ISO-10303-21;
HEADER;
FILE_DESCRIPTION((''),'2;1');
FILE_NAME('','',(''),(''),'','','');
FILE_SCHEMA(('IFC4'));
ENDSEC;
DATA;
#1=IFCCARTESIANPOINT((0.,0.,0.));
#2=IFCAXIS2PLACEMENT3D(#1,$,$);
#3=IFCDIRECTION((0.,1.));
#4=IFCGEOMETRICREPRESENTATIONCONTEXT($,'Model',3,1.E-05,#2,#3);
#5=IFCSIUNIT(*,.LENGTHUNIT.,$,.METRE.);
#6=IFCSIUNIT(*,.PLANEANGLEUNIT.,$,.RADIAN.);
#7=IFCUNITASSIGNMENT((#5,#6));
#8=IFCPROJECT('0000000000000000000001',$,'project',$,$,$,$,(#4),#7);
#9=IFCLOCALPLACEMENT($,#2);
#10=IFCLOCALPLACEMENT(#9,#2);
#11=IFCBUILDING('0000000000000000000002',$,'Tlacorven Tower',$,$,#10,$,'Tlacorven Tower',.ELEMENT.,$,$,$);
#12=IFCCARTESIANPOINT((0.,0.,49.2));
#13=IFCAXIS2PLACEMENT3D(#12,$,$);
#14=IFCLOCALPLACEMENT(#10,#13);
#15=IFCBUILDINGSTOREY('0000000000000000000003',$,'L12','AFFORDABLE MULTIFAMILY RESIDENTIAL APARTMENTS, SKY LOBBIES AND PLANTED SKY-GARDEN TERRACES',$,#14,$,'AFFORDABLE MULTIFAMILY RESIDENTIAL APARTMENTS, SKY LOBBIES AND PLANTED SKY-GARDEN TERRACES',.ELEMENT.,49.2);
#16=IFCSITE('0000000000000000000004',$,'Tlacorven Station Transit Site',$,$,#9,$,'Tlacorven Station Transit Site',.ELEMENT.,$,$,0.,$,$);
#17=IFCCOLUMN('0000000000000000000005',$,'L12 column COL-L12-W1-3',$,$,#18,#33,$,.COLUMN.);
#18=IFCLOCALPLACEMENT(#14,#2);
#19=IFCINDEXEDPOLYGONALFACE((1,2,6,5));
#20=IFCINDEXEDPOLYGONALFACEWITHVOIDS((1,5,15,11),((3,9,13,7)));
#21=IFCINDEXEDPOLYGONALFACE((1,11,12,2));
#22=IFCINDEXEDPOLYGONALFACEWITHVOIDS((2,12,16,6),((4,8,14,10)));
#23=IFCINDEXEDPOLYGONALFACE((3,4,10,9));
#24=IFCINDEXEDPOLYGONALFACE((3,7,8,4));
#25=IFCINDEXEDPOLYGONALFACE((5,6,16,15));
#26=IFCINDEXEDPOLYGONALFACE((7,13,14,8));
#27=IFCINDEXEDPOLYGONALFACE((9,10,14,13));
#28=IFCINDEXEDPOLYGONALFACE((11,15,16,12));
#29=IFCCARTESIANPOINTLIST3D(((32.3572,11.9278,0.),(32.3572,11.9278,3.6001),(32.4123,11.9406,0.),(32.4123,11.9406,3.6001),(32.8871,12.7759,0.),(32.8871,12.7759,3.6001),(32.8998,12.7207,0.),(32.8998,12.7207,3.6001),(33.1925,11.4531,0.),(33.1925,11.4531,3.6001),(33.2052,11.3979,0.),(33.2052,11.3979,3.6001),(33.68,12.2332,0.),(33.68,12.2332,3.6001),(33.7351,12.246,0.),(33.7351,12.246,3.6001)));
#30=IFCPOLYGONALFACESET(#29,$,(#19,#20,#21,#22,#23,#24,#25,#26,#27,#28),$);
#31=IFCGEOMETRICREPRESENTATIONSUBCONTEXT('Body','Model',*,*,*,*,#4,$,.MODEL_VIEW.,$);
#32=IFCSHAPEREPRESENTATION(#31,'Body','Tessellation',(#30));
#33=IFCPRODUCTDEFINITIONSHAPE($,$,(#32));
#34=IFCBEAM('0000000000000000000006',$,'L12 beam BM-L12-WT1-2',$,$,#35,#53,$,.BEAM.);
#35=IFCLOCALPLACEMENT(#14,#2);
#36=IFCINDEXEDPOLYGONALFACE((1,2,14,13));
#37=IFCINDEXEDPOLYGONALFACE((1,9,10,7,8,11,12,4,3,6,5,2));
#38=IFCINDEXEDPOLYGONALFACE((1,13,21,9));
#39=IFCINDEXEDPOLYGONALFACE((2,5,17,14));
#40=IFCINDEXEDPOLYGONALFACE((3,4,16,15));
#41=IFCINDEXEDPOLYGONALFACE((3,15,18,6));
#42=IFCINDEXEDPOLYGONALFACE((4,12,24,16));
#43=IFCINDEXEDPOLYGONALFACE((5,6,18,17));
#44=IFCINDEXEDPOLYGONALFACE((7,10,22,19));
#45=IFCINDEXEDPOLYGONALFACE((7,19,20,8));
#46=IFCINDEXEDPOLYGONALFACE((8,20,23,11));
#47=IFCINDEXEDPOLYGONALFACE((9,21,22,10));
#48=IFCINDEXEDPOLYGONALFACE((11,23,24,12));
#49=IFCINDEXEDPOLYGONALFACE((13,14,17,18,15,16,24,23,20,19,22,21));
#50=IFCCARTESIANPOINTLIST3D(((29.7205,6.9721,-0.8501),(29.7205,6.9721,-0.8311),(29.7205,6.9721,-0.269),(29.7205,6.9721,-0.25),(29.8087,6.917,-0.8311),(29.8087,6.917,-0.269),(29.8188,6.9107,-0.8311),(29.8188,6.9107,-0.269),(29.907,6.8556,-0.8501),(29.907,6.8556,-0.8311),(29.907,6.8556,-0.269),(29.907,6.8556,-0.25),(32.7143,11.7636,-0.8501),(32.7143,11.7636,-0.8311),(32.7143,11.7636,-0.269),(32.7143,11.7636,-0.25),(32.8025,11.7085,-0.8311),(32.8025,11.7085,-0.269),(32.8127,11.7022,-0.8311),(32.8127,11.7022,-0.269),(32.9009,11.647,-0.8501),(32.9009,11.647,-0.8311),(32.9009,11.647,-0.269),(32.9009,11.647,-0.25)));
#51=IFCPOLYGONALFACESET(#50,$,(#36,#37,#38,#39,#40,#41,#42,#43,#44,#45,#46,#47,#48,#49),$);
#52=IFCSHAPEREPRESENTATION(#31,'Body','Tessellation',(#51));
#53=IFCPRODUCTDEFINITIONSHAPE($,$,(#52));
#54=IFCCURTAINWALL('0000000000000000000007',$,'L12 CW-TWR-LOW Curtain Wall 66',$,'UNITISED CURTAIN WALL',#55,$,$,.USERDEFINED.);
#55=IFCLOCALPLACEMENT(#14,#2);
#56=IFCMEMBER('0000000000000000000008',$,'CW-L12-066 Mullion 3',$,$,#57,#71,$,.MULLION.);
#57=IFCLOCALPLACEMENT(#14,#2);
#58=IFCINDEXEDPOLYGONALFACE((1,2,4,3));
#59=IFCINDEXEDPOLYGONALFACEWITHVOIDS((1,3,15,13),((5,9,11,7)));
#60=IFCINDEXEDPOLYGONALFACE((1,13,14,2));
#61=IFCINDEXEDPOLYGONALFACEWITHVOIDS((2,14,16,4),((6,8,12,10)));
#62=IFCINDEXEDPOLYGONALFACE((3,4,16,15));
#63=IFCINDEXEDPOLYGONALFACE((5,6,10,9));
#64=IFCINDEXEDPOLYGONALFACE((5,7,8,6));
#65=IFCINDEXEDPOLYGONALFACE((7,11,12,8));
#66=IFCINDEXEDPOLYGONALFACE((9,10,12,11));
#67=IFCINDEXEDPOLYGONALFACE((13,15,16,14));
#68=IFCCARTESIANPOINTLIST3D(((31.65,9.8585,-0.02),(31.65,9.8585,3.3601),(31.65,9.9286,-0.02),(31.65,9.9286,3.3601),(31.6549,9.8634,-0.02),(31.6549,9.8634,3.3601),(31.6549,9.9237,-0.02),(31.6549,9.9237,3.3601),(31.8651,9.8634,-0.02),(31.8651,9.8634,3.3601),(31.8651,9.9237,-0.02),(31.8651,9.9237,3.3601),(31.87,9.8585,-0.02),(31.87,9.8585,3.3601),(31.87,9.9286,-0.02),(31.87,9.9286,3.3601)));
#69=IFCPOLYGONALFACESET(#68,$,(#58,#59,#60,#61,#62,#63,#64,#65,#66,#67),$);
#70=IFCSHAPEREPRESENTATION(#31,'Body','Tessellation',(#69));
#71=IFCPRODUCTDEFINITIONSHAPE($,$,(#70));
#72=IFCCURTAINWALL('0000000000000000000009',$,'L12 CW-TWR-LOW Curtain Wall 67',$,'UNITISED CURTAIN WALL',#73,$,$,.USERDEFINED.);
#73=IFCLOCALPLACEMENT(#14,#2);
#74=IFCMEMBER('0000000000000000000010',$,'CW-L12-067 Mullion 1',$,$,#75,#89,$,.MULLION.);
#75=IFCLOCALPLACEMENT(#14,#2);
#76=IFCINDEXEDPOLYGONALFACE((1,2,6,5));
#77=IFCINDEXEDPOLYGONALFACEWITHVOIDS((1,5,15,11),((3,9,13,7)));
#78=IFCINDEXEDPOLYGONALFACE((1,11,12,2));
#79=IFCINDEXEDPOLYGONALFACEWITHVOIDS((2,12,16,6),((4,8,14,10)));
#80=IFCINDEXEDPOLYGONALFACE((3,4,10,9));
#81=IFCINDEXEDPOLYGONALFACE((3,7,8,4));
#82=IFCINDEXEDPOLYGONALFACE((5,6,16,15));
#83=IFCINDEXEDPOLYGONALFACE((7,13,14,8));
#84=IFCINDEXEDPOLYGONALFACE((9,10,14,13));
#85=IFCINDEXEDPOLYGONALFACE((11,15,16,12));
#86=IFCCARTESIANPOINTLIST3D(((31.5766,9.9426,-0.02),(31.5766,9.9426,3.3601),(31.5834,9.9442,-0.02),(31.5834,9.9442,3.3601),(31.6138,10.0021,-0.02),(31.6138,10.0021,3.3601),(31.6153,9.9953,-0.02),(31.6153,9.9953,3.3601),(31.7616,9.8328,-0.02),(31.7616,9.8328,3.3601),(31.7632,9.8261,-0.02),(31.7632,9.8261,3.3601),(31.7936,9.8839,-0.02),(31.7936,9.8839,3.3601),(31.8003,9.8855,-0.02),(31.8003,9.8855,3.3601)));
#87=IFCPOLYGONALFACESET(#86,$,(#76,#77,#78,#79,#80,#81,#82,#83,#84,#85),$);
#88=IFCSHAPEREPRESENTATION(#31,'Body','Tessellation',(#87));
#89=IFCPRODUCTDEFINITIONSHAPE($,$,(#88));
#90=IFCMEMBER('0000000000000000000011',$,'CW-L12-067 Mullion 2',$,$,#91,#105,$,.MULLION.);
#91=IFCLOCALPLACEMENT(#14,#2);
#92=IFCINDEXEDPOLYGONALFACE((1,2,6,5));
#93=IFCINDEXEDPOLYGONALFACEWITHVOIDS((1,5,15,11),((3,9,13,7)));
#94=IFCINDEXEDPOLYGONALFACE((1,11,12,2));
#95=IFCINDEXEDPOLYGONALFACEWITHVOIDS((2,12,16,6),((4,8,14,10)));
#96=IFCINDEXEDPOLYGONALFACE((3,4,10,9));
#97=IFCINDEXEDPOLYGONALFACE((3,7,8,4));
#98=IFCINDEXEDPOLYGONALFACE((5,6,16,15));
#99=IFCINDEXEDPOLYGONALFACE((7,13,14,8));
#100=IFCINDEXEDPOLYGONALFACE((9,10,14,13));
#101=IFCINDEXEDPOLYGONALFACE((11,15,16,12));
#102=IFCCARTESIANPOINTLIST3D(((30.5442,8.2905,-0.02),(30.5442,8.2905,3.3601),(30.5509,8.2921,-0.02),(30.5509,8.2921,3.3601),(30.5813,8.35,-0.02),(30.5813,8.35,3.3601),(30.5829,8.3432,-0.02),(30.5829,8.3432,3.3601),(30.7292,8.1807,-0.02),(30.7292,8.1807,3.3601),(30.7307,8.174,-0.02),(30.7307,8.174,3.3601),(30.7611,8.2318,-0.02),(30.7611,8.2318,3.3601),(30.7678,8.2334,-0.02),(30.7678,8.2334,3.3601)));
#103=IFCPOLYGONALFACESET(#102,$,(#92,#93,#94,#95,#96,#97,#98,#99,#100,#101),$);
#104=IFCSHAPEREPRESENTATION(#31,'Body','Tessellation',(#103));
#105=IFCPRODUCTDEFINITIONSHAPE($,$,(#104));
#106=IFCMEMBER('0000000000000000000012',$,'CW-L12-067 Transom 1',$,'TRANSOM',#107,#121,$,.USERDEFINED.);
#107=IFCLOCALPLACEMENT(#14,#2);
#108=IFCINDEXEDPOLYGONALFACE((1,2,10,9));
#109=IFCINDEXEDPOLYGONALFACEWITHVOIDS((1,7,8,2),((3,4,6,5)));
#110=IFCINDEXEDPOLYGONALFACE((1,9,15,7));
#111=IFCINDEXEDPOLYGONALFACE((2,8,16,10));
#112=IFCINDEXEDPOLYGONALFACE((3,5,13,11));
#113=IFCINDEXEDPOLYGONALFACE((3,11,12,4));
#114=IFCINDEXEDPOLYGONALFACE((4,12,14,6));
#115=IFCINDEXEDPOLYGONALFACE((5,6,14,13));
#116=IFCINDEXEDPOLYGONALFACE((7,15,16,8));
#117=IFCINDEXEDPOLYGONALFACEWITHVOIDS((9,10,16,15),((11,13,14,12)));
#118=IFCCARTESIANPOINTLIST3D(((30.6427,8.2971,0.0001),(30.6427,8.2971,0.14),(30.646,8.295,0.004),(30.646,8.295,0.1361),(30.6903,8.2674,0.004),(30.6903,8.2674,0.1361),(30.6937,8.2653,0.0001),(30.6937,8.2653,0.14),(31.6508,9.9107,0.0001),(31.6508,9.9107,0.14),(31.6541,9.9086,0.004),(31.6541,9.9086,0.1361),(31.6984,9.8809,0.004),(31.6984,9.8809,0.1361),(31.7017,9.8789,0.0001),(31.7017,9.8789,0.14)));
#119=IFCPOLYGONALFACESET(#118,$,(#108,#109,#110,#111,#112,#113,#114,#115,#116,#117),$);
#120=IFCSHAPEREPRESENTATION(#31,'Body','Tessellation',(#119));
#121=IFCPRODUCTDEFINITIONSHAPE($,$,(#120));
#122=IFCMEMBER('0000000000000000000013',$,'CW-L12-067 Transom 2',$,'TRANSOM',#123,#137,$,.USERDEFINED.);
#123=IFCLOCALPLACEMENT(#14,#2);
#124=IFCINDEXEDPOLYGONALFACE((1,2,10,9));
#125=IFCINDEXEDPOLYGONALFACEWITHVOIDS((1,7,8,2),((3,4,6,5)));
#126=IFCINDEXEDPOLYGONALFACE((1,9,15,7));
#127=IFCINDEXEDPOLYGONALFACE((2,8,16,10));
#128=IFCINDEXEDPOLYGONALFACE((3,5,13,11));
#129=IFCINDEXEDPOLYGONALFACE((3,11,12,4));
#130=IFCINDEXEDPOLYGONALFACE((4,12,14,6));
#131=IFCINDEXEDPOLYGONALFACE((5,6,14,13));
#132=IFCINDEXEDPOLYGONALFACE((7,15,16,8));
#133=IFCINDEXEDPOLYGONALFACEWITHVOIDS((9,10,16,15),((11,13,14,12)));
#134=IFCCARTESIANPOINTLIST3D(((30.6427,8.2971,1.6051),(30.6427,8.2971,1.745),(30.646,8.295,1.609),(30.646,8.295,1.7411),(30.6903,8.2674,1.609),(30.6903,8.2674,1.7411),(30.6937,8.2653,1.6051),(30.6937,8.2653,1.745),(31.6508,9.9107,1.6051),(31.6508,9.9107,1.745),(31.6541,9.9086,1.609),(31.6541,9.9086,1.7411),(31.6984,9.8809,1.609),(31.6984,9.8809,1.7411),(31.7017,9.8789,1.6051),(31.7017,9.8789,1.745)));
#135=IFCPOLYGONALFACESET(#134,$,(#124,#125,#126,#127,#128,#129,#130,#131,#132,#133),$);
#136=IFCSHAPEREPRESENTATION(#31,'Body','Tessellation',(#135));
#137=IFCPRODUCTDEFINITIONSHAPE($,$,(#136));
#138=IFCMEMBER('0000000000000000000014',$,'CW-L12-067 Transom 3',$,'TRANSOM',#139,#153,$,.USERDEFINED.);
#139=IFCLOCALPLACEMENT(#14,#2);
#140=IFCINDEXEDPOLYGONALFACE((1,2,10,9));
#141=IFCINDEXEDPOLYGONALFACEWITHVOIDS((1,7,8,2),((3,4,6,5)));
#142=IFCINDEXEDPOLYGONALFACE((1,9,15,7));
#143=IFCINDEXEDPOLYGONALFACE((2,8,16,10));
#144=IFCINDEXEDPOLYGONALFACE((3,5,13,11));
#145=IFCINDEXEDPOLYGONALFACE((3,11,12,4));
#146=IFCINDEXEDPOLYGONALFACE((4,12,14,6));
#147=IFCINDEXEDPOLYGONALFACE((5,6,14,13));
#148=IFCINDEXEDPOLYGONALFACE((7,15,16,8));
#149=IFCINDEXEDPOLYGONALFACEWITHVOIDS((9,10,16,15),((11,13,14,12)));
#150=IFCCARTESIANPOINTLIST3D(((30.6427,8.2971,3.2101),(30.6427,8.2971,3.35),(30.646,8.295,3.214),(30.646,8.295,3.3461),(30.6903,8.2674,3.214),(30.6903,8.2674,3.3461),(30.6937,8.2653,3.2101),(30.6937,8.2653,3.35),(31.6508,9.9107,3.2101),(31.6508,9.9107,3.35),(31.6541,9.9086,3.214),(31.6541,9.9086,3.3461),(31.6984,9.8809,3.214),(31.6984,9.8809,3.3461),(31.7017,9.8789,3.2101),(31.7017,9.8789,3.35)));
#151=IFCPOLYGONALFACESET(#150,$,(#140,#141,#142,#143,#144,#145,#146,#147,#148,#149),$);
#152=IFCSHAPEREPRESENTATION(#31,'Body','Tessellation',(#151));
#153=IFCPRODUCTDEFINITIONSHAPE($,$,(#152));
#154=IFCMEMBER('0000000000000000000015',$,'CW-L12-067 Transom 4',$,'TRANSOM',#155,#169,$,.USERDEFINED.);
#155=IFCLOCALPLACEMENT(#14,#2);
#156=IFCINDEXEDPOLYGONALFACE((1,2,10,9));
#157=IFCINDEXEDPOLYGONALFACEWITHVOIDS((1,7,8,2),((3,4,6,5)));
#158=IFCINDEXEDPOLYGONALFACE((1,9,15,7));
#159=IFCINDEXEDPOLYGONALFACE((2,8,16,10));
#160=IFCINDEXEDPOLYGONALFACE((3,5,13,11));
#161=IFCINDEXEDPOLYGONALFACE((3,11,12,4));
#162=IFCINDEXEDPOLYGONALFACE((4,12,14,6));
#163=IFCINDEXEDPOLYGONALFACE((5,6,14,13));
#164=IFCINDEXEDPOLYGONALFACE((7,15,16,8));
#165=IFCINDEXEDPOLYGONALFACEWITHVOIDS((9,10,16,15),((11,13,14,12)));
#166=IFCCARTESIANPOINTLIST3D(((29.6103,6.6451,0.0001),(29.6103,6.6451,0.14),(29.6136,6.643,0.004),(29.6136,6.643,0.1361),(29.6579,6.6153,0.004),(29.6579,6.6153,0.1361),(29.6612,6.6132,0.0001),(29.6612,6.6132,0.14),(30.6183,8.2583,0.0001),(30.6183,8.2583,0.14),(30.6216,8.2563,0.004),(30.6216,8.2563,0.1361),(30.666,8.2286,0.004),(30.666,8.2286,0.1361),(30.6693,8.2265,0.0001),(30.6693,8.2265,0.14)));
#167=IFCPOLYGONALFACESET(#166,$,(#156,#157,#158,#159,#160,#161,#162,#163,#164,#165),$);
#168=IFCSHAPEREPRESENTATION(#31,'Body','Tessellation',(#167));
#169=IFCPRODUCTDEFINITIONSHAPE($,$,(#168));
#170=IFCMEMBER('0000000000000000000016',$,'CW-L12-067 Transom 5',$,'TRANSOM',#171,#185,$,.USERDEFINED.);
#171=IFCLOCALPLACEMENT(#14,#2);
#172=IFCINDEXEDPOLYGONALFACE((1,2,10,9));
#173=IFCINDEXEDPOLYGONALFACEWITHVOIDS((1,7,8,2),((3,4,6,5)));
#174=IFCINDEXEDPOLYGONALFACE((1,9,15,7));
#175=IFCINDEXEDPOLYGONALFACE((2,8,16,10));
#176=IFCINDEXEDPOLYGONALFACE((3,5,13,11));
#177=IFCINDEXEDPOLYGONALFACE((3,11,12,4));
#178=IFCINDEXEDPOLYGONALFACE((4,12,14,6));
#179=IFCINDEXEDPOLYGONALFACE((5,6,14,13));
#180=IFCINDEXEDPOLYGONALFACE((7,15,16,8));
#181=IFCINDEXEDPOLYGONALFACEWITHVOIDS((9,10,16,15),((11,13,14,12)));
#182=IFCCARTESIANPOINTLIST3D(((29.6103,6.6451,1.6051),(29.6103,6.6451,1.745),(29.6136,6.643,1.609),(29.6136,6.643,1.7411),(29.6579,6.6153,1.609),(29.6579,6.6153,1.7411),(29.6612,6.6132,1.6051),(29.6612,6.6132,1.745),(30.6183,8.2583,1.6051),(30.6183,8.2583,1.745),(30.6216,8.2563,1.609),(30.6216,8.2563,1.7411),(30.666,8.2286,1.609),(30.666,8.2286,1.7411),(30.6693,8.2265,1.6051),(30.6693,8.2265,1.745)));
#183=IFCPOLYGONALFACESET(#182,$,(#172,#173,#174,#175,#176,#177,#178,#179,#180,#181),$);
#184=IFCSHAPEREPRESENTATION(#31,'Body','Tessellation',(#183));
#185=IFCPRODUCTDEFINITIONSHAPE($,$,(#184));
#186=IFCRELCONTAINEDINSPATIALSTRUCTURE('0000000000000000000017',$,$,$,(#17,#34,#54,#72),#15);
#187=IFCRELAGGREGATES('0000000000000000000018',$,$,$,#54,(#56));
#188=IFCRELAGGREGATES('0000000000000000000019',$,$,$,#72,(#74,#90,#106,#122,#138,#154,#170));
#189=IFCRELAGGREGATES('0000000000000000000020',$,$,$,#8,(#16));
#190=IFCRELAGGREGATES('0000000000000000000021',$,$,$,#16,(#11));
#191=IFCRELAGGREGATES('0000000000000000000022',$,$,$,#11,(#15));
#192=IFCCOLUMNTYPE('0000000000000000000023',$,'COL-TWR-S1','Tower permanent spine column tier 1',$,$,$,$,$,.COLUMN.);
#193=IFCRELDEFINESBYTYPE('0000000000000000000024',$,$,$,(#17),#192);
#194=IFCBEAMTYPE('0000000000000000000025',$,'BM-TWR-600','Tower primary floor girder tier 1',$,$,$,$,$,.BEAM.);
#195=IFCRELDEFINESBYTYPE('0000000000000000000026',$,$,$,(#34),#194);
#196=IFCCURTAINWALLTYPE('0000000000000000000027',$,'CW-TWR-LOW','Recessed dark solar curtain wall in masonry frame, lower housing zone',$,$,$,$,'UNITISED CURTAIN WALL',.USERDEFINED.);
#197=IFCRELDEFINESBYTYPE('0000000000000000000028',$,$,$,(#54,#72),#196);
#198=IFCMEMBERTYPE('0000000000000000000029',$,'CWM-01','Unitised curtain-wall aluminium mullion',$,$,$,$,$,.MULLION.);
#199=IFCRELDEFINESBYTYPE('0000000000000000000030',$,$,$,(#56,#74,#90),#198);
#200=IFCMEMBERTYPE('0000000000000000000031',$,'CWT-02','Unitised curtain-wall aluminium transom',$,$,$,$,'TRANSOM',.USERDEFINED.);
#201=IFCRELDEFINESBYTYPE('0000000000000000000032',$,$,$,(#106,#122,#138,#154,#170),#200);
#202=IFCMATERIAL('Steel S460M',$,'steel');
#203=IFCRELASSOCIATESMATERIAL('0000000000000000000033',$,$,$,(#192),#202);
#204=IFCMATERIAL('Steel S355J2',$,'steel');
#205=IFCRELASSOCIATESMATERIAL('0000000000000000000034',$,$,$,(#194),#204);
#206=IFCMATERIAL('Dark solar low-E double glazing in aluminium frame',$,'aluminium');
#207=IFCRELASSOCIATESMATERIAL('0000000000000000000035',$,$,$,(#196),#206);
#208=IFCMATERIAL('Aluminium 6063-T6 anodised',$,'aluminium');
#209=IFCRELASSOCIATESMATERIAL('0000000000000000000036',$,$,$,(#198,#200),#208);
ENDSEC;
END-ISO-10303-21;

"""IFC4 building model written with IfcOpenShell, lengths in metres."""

from ifc_helpers import new_model, si_unit, direction, frame, origin, origin_2d, place, context, subcontext, project, spatial, hollow_rectangle, i_section, extrude, source, transform, mapped, material, material_profile, profile_set, type_object, element, aggregate, save


model = new_model("IFC4")

# Units and contexts
model_context = context("Model", 3, precision=1e-05, world=origin(), true_north=direction((0.0, 1.0)))
body_context = subcontext(model_context, "Body", "Model", "MODEL_VIEW")
ifc_project = project(units=[si_unit("LENGTHUNIT", "METRE"), si_unit("PLANEANGLEUNIT", "RADIAN")], contexts=[model_context])

# Site, building, storey
site_placement = place(None, origin())
site = spatial("IfcSite", under=ifc_project, at=site_placement, Name="Tlacorven Station Transit Site", LongName="Tlacorven Station Transit Site", CompositionType="ELEMENT", RefElevation=0.0)
building_placement = place(site_placement, origin())
building = spatial("IfcBuilding", under=site, at=building_placement, Name="Tlacorven Tower", LongName="Tlacorven Tower", CompositionType="ELEMENT")
storey_placement = place(building_placement, frame((0.0, 0.0, 49.2)))
storey = spatial("IfcBuildingStorey", under=building, at=storey_placement, Name="L12", Description="AFFORDABLE MULTIFAMILY RESIDENTIAL APARTMENTS, SKY LOBBIES AND PLANTED SKY-GARDEN TERRACES", LongName="AFFORDABLE MULTIFAMILY RESIDENTIAL APARTMENTS, SKY LOBBIES AND PLANTED SKY-GARDEN TERRACES", CompositionType="ELEMENT", Elevation=49.2)

# Column
ifc_material_1 = material(Name="Steel S460M", Category="steel")
ifc_material_profile_1 = material_profile(ifc_material_1, hollow_rectangle(XDim=1.0, YDim=1.0, WallThickness=0.04, at=origin_2d()), Name="BOX 1000X1000X40")
ifc_profile_set_1 = profile_set([ifc_material_profile_1], Name="Steel S460M")
column_type = type_object("IfcColumnType", Name="COL-TWR-S1", Description="Tower permanent spine column tier 1", PredefinedType="COLUMN", material=ifc_profile_set_1)
shared_shape_1 = source(origin(), body_context, "Body", "SweptSolid", [
    extrude(hollow_rectangle(XDim=1.0, YDim=1.0, WallThickness=0.04, at=origin_2d()), origin(), (0.0, 0.0, 1.0), 3.6001),
])
column_placement = place(storey_placement, frame((33.0461, 12.0869, 0.0), z_axis=(0.0, 0.0, 1.0), x_axis=(-0.848048, 0.529919, 0.0)))
element("IfcColumn", 1, at=column_placement, inside=storey, type_object=column_type, Name="L12 column COL-L12-W1-3", PredefinedType="COLUMN", context=body_context, shape_type="MappedRepresentation", body=[
    mapped(shared_shape_1, transform((0.0, 0.0, 0.0), scale=1.0)),
])

# Beam
ifc_material_2 = material(Name="Steel S355J2", Category="steel")
ifc_material_profile_2 = material_profile(ifc_material_2, i_section(OverallWidth=0.22, OverallDepth=0.6001, WebThickness=0.012, FlangeThickness=0.019, at=origin_2d()), Name="IPE 600")
ifc_profile_set_2 = profile_set([ifc_material_profile_2], Name="Steel S355J2")
beam_type = type_object("IfcBeamType", Name="BM-TWR-600", Description="Tower primary floor girder tier 1", PredefinedType="BEAM", material=ifc_profile_set_2)
shared_shape_2 = source(origin(), body_context, "Body", "SweptSolid", [
    extrude(i_section(OverallWidth=0.22, OverallDepth=0.6001, WebThickness=0.012, FlangeThickness=0.019, at=origin_2d()), origin(), (0.0, 0.0, 1.0), 5.6499),
])
beam_placement = place(storey_placement, frame((32.8076, 11.7053, -0.55), z_axis=(-0.529898, -0.848061, 0.0), x_axis=(0.848061, -0.529898, 0.0)))
element("IfcBeam", 2, at=beam_placement, inside=storey, type_object=beam_type, Name="L12 beam BM-L12-WT1-2", PredefinedType="BEAM", context=body_context, shape_type="MappedRepresentation", body=[
    mapped(shared_shape_2, transform((0.0, 0.0, 0.0), scale=1.0)),
])

# Curtain wall, member
ifc_material_3 = material(Name="Dark solar low-E double glazing in aluminium frame", Category="aluminium")
curtain_wall_type = type_object("IfcCurtainWallType", Name="CW-TWR-LOW", Description="Recessed dark solar curtain wall in masonry frame, lower housing zone", ElementType="UNITISED CURTAIN WALL", PredefinedType="USERDEFINED", material=ifc_material_3)
curtain_wall_1_placement = place(storey_placement, origin())
curtain_wall_1 = element("IfcCurtainWall", 3, at=curtain_wall_1_placement, inside=storey, type_object=curtain_wall_type, Name="L12 CW-TWR-LOW Curtain Wall 66", ObjectType="UNITISED CURTAIN WALL", PredefinedType="USERDEFINED")
ifc_material_4 = material(Name="Aluminium 6063-T6 anodised", Category="aluminium")
ifc_material_profile_3 = material_profile(ifc_material_4, hollow_rectangle(XDim=0.0701, YDim=0.22, WallThickness=0.0049, at=origin_2d()), Name="ALU MULLION 70X220")
ifc_profile_set_3 = profile_set([ifc_material_profile_3], Name="Aluminium 6063-T6 anodised")
member_type_1 = type_object("IfcMemberType", Name="CWM-01", Description="Unitised curtain-wall aluminium mullion", PredefinedType="MULLION", material=ifc_profile_set_3)
shared_shape_3 = source(origin(), body_context, "Body", "SweptSolid", [
    extrude(hollow_rectangle(XDim=0.0701, YDim=0.22, WallThickness=0.0049, at=origin_2d()), origin(), (0.0, 0.0, 1.0), 3.3801),
])
member_1_placement = place(storey_placement, frame((31.76, 9.8936, -0.02), z_axis=(0.0, 0.0, 1.0), x_axis=(0.0, 1.0, 0.0)))
member_1 = element("IfcMember", 4, at=member_1_placement, type_object=member_type_1, Name="CW-L12-066 Mullion 3", PredefinedType="MULLION", context=body_context, shape_type="MappedRepresentation", body=[
    mapped(shared_shape_3, transform((0.0, 0.0, 0.0), scale=1.0)),
])

# Curtain wall, members
curtain_wall_2_placement = place(storey_placement, origin())
curtain_wall_2 = element("IfcCurtainWall", 5, at=curtain_wall_2_placement, inside=storey, type_object=curtain_wall_type, Name="L12 CW-TWR-LOW Curtain Wall 67", ObjectType="UNITISED CURTAIN WALL", PredefinedType="USERDEFINED")
member_2_placement = place(storey_placement, frame((31.6885, 9.9141, -0.02), z_axis=(0.0, 0.0, 1.0), x_axis=(-0.529919, -0.848048, 0.0)))
member_2 = element("IfcMember", 6, at=member_2_placement, type_object=member_type_1, Name="CW-L12-067 Mullion 1", PredefinedType="MULLION", context=body_context, shape_type="MappedRepresentation", body=[
    mapped(shared_shape_3, transform((0.0, 0.0, 0.0), scale=1.0)),
])
member_3_placement = place(storey_placement, frame((30.656, 8.262, -0.02), z_axis=(0.0, 0.0, 1.0), x_axis=(-0.529919, -0.848048, 0.0)))
member_3 = element("IfcMember", 7, at=member_3_placement, type_object=member_type_1, Name="CW-L12-067 Mullion 2", PredefinedType="MULLION", context=body_context, shape_type="MappedRepresentation", body=[
    mapped(shared_shape_3, transform((0.0, 0.0, 0.0), scale=1.0)),
])
ifc_material_profile_4 = material_profile(ifc_material_4, hollow_rectangle(XDim=0.0601, YDim=0.1399, WallThickness=0.0039, at=origin_2d()), Name="ALU TRANSOM 60X140")
ifc_profile_set_4 = profile_set([ifc_material_profile_4], Name="Aluminium 6063-T6 anodised")
member_type_2 = type_object("IfcMemberType", Name="CWT-02", Description="Unitised curtain-wall aluminium transom", ElementType="TRANSOM", PredefinedType="USERDEFINED", material=ifc_profile_set_4)
shared_shape_4 = source(origin(), body_context, "Body", "SweptSolid", [
    extrude(hollow_rectangle(XDim=0.0601, YDim=0.1399, WallThickness=0.0039, at=origin_2d()), origin(), (0.0, 0.0, 1.0), 1.9026),
])
member_4_placement = place(storey_placement, frame((31.6763, 9.8948, 0.0701), z_axis=(-0.529849, -0.848092, 0.0), x_axis=(0.848092, -0.529849, 0.0)))
member_4 = element("IfcMember", 8, at=member_4_placement, type_object=member_type_2, Name="CW-L12-067 Transom 1", ObjectType="TRANSOM", PredefinedType="USERDEFINED", context=body_context, shape_type="MappedRepresentation", body=[
    mapped(shared_shape_4, transform((0.0, 0.0, 0.0), scale=1.0)),
])
member_5_placement = place(storey_placement, frame((31.6763, 9.8948, 1.675), z_axis=(-0.529849, -0.848092, 0.0), x_axis=(0.848092, -0.529849, 0.0)))
member_5 = element("IfcMember", 9, at=member_5_placement, type_object=member_type_2, Name="CW-L12-067 Transom 2", ObjectType="TRANSOM", PredefinedType="USERDEFINED", context=body_context, shape_type="MappedRepresentation", body=[
    mapped(shared_shape_4, transform((0.0, 0.0, 0.0), scale=1.0)),
])
member_6_placement = place(storey_placement, frame((31.6763, 9.8948, 3.28), z_axis=(-0.529849, -0.848092, 0.0), x_axis=(0.848092, -0.529849, 0.0)))
member_6 = element("IfcMember", 10, at=member_6_placement, type_object=member_type_2, Name="CW-L12-067 Transom 3", ObjectType="TRANSOM", PredefinedType="USERDEFINED", context=body_context, shape_type="MappedRepresentation", body=[
    mapped(shared_shape_4, transform((0.0, 0.0, 0.0), scale=1.0)),
])
shared_shape_5 = source(origin(), body_context, "Body", "SweptSolid", [
    extrude(hollow_rectangle(XDim=0.0601, YDim=0.1399, WallThickness=0.0039, at=origin_2d()), origin(), (0.0, 0.0, 1.0), 1.9023),
])
member_7_placement = place(storey_placement, frame((30.6438, 8.2424, 0.0701), z_axis=(-0.529907, -0.848056, 0.0), x_axis=(0.848056, -0.529907, 0.0)))
member_7 = element("IfcMember", 11, at=member_7_placement, type_object=member_type_2, Name="CW-L12-067 Transom 4", ObjectType="TRANSOM", PredefinedType="USERDEFINED", context=body_context, shape_type="MappedRepresentation", body=[
    mapped(shared_shape_5, transform((0.0, 0.0, 0.0), scale=1.0)),
])
member_8_placement = place(storey_placement, frame((30.6438, 8.2424, 1.675), z_axis=(-0.529907, -0.848056, 0.0), x_axis=(0.848056, -0.529907, 0.0)))
member_8 = element("IfcMember", 12, at=member_8_placement, type_object=member_type_2, Name="CW-L12-067 Transom 5", ObjectType="TRANSOM", PredefinedType="USERDEFINED", context=body_context, shape_type="MappedRepresentation", body=[
    mapped(shared_shape_5, transform((0.0, 0.0, 0.0), scale=1.0)),
])

aggregate(curtain_wall_1, [member_1])
aggregate(curtain_wall_2, [member_2, member_3, member_4, member_5, member_6, member_7, member_8])

save(model, "model.ifc")
